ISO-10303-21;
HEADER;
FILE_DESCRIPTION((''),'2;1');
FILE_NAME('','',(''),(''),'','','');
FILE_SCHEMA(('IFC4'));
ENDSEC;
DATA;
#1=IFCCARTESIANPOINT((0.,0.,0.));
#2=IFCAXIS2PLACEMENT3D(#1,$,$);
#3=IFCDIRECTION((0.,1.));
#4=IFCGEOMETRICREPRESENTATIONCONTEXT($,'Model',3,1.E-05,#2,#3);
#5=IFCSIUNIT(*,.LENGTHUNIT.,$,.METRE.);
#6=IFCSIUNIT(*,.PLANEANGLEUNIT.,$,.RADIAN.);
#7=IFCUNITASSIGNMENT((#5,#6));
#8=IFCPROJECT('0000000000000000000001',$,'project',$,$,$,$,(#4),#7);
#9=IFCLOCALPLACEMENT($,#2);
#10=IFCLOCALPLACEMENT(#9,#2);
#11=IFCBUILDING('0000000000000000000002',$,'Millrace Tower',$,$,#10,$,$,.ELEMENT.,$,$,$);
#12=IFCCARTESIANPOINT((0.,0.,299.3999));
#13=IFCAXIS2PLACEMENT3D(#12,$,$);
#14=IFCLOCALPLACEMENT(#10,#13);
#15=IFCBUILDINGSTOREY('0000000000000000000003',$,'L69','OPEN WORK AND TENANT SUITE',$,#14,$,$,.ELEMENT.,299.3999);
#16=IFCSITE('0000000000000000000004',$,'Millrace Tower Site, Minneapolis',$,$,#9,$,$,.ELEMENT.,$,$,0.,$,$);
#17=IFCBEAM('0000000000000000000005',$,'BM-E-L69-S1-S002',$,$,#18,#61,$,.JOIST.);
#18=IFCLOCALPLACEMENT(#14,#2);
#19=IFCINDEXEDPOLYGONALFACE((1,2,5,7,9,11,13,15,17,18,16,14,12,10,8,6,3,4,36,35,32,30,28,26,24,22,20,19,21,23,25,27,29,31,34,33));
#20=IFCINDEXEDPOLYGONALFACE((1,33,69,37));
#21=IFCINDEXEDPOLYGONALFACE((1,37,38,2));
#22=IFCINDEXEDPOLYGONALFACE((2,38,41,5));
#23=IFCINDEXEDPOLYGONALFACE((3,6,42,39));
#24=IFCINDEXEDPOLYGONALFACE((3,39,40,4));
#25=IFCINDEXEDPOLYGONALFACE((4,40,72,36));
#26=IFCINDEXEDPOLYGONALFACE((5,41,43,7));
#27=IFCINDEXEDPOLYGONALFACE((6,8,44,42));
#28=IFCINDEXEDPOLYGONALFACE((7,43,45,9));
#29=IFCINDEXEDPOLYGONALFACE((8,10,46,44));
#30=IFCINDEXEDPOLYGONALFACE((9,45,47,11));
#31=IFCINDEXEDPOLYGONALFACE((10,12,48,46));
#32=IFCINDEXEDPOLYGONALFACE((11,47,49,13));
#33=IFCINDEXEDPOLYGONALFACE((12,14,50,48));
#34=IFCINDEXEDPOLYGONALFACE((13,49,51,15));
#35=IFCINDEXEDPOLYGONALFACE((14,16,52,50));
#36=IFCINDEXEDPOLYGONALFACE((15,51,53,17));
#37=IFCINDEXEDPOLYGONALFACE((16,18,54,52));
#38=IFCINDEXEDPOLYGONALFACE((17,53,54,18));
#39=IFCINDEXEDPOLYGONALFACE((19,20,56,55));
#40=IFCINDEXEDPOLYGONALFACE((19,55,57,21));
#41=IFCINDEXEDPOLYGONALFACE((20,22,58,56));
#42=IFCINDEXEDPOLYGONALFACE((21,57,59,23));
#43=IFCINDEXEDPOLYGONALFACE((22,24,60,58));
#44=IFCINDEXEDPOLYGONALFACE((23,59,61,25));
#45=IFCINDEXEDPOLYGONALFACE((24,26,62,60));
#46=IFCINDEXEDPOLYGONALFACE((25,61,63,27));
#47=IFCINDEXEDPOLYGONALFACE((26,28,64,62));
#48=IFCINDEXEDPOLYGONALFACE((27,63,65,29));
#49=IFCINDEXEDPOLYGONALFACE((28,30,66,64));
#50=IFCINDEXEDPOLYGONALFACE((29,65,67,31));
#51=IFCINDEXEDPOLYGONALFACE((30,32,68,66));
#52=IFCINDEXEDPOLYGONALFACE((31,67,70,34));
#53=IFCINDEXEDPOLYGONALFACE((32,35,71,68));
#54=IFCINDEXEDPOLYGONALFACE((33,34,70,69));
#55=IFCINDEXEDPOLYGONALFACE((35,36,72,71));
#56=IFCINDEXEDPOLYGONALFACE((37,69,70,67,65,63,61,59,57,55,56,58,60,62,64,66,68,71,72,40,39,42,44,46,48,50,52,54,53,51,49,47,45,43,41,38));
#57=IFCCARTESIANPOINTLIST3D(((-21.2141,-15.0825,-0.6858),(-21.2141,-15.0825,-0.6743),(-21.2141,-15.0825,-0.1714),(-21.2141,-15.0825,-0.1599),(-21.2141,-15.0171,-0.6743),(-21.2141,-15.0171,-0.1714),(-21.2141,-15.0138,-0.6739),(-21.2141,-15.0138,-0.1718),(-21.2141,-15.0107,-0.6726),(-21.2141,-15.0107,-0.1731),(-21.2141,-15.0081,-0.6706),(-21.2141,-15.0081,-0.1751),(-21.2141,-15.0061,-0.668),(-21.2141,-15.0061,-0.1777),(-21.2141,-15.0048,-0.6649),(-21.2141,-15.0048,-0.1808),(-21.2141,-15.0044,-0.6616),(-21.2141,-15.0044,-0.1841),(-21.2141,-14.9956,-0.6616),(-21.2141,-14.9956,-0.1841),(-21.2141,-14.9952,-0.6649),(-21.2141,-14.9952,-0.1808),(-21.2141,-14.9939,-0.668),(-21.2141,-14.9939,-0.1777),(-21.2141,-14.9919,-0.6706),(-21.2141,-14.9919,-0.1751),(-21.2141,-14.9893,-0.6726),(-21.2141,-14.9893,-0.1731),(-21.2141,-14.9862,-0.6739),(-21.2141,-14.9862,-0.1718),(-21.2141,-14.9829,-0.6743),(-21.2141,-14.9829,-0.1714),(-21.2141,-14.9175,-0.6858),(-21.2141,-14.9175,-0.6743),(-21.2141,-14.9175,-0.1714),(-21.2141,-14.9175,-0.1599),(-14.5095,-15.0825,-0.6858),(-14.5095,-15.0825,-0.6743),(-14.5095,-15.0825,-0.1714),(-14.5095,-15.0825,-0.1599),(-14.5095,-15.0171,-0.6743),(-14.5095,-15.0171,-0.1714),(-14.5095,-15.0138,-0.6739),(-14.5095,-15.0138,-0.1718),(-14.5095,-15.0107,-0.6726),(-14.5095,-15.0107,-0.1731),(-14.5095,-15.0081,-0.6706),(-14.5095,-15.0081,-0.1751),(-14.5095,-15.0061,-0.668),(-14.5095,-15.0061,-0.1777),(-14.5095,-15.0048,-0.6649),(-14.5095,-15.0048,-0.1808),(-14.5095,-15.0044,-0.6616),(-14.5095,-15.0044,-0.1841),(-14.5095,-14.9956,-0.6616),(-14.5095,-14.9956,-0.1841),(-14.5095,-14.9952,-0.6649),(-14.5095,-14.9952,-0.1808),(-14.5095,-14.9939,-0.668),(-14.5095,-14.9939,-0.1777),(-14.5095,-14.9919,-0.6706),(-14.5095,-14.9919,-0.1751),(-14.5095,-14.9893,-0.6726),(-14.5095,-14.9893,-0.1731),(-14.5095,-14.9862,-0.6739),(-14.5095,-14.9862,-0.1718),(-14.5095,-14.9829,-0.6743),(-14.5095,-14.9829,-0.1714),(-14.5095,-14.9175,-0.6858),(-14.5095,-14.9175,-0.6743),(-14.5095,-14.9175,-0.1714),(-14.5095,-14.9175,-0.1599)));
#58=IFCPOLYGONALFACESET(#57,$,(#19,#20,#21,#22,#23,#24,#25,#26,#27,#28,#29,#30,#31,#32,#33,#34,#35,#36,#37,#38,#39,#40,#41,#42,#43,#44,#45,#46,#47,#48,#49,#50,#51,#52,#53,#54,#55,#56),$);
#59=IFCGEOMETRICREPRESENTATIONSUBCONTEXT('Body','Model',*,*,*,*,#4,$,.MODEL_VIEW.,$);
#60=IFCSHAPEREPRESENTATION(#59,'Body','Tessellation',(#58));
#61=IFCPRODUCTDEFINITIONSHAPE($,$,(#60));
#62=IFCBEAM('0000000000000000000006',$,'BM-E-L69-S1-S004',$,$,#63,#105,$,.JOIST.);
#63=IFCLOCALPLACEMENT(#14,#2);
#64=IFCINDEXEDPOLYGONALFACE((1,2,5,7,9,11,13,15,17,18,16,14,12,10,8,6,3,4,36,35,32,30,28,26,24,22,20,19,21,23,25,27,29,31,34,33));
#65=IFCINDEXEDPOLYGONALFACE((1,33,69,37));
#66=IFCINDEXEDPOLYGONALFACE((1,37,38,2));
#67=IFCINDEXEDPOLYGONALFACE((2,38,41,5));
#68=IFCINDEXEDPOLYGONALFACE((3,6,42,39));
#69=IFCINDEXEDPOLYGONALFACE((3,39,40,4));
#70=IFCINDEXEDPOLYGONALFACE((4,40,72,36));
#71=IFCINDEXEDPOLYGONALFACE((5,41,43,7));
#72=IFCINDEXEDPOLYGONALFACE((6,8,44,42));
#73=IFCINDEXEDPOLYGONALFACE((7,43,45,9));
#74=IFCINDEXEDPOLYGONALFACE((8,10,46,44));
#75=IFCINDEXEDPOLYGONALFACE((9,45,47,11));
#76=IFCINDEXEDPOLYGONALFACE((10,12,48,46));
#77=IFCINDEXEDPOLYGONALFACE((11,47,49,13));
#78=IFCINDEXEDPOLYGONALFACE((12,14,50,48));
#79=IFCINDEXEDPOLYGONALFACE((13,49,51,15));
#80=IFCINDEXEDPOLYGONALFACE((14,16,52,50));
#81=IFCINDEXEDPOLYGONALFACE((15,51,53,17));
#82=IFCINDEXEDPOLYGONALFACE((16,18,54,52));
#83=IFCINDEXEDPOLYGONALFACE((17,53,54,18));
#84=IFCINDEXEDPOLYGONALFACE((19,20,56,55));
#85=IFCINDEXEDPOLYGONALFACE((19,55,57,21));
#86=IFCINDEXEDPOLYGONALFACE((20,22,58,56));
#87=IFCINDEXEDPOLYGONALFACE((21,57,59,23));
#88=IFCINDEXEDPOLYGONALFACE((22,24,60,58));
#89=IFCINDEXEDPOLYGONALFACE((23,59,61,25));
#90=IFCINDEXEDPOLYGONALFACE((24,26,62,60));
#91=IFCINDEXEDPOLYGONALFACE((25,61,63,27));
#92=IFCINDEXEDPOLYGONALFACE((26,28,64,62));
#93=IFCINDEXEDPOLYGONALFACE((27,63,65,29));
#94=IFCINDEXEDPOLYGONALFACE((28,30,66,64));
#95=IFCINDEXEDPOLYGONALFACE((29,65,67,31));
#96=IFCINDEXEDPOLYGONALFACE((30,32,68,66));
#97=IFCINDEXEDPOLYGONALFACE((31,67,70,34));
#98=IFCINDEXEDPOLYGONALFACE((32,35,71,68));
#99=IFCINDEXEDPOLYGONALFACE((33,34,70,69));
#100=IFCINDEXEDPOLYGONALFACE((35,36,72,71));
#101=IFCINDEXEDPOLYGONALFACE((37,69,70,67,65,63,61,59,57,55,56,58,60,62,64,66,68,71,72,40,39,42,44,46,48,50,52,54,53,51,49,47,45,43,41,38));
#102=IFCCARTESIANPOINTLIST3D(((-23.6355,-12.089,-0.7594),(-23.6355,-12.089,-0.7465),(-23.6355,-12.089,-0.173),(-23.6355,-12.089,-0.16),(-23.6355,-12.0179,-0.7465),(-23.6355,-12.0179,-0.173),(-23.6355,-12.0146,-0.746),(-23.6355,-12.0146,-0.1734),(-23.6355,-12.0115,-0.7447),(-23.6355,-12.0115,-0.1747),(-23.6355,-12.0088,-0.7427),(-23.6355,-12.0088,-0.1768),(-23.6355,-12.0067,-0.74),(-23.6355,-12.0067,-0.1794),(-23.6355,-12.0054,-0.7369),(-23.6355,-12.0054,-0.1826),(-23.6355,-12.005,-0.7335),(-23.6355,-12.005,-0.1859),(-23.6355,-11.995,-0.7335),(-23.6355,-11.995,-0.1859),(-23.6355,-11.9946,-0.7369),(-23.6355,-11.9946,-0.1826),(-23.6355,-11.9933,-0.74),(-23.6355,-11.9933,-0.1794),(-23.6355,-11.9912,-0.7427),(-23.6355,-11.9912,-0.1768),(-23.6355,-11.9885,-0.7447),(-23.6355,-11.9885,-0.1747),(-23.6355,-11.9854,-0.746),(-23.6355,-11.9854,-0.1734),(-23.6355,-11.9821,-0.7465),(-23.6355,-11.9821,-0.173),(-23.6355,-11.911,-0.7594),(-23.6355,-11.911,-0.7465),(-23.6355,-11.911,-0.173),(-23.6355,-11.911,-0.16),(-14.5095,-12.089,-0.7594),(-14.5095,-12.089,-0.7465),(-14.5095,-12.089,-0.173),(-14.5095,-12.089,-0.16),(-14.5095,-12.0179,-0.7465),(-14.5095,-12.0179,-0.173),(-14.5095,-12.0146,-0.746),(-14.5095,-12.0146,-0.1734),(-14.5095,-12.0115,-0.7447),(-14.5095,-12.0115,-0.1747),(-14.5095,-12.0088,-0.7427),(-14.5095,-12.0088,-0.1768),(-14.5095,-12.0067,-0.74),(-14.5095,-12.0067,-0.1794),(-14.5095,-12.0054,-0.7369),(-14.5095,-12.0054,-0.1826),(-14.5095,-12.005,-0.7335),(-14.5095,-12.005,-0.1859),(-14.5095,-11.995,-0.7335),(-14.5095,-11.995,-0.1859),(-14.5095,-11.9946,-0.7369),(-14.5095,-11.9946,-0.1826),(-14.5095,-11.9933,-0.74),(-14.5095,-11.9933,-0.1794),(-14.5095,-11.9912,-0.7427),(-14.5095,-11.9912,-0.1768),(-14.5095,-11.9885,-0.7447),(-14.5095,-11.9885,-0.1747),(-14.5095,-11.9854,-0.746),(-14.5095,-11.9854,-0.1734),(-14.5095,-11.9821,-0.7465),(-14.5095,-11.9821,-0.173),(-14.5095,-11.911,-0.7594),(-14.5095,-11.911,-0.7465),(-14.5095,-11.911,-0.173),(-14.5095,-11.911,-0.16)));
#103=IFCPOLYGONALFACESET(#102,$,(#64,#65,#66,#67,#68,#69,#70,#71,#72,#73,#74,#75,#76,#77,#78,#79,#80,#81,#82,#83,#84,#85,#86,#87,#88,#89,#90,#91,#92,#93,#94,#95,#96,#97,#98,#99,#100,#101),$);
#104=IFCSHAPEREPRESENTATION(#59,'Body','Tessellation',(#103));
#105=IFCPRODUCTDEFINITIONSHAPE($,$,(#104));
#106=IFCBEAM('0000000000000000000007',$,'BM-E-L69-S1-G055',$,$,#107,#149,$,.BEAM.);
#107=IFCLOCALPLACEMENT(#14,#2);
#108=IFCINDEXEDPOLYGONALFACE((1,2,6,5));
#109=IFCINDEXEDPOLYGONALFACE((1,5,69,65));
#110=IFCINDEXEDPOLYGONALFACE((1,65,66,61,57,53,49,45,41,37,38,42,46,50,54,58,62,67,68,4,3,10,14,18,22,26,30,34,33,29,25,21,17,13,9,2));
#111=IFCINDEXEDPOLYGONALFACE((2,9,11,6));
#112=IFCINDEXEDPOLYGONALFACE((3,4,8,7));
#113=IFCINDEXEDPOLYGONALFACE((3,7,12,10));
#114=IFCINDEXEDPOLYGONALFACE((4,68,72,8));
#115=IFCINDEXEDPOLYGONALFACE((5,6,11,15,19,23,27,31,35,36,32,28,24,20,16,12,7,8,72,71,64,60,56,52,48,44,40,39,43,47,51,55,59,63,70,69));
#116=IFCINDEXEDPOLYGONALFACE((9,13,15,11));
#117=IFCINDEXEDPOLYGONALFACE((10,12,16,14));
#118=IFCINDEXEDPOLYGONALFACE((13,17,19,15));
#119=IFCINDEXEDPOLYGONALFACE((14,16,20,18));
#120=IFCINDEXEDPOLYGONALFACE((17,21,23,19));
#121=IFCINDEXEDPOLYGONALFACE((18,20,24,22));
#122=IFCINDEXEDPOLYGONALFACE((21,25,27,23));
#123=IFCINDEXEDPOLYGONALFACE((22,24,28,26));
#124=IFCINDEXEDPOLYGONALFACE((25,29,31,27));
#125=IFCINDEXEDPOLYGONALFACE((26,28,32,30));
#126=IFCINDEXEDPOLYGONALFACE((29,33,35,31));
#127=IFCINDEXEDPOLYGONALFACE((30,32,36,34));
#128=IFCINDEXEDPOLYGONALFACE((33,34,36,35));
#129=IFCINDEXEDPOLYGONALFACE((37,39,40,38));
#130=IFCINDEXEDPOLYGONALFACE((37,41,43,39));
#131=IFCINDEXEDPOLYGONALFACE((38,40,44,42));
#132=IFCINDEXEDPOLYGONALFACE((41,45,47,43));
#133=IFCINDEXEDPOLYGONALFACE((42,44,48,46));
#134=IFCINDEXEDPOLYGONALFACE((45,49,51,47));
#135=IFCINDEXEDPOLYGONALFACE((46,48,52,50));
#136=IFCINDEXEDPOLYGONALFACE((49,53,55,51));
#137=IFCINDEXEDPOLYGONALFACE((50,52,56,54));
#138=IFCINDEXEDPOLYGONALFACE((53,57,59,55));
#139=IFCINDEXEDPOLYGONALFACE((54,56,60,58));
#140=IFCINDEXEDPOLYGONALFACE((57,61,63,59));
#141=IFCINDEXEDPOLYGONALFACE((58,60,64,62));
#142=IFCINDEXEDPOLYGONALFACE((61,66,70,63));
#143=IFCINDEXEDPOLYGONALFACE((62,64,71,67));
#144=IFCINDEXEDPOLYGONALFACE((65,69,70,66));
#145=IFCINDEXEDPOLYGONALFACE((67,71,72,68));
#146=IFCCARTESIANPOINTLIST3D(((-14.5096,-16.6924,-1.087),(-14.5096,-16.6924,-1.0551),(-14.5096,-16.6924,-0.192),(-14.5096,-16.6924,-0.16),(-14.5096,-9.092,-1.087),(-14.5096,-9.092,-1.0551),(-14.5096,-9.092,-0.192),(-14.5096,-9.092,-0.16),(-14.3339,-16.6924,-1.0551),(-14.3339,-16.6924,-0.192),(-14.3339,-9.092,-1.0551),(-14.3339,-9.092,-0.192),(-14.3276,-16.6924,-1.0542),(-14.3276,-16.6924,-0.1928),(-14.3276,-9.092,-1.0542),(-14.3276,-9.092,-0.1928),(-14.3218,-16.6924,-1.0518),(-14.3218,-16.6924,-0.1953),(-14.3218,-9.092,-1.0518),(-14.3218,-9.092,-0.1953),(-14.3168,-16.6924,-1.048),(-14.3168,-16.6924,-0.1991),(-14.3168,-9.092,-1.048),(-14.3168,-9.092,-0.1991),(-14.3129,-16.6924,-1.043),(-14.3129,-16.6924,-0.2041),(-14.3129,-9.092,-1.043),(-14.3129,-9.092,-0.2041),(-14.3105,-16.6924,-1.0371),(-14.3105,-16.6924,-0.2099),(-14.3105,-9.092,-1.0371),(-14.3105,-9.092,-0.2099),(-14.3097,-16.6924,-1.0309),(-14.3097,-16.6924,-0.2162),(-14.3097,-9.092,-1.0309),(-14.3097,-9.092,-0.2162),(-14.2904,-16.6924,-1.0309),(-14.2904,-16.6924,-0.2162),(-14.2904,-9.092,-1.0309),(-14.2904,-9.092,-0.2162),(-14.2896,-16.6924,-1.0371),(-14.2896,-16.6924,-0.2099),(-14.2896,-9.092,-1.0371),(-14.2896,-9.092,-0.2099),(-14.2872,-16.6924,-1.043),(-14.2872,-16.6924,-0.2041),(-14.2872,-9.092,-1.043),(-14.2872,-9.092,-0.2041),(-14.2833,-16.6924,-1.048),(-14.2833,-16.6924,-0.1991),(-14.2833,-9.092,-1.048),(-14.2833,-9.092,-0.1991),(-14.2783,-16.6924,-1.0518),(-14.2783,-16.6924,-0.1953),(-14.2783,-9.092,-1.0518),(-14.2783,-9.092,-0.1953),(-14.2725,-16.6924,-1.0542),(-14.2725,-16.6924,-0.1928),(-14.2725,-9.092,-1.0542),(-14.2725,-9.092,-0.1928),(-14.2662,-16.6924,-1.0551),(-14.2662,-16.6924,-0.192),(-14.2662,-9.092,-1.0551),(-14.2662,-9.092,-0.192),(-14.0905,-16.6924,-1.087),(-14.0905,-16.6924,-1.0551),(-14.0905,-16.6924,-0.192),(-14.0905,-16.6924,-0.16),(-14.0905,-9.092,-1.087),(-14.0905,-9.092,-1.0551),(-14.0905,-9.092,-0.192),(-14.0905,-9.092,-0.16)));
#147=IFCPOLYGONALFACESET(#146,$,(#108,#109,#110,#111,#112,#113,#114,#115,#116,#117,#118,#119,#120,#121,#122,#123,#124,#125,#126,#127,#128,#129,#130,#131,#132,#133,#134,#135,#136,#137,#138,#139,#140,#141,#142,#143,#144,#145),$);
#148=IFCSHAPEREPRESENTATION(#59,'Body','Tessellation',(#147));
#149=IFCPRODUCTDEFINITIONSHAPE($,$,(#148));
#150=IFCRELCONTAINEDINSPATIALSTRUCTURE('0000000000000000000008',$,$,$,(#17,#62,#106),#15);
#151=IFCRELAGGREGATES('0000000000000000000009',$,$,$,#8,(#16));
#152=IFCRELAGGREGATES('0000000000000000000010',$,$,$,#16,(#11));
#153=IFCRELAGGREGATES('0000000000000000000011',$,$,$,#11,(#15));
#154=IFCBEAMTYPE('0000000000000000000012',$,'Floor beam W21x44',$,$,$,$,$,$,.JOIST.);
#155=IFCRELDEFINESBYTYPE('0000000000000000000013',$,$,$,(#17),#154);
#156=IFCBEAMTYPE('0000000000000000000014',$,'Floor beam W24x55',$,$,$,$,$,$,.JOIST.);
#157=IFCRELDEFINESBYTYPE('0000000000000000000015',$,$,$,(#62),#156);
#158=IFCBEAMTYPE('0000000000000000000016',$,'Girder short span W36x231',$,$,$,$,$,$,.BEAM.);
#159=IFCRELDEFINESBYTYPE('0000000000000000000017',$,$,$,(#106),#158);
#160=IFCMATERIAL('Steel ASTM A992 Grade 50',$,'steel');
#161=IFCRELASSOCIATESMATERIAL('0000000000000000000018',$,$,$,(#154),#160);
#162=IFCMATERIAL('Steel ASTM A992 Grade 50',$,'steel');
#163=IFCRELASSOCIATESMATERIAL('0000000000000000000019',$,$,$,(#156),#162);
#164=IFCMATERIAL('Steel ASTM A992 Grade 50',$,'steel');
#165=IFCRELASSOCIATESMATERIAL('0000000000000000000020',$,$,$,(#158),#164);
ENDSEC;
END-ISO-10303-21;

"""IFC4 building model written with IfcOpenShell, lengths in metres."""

from ifc_helpers import new_model, si_unit, direction, frame, origin, origin_2d, place, context, subcontext, project, spatial, i_section, extrude, material, material_profile, profile_set, type_object, element, save


model = new_model("IFC4")

# Units and contexts
model_context = context("Model", 3, precision=1e-05, world=origin(), true_north=direction((0.0, 1.0)))
body_context = subcontext(model_context, "Body", "Model", "MODEL_VIEW")
ifc_project = project(units=[si_unit("LENGTHUNIT", "METRE"), si_unit("PLANEANGLEUNIT", "RADIAN")], contexts=[model_context])

# Site, building, storey
site_placement = place(None, origin())
site = spatial("IfcSite", under=ifc_project, at=site_placement, Name="Millrace Tower Site, Minneapolis", CompositionType="ELEMENT", RefElevation=0.0)
building_placement = place(site_placement, origin())
building = spatial("IfcBuilding", under=site, at=building_placement, Name="Millrace Tower", CompositionType="ELEMENT")
storey_placement = place(building_placement, frame((0.0, 0.0, 299.3999)))
storey = spatial("IfcBuildingStorey", under=building, at=storey_placement, Name="L69", Description="OPEN WORK AND TENANT SUITE", CompositionType="ELEMENT", Elevation=299.3999)

# Beams
ifc_material_1 = material(Name="Steel ASTM A992 Grade 50", Category="steel")
ifc_material_profile_1 = material_profile(ifc_material_1, i_section(OverallWidth=0.165, OverallDepth=0.5259, WebThickness=0.0088, FlangeThickness=0.0115, FilletRadius=0.0127, at=origin_2d()))
ifc_profile_set_1 = profile_set([ifc_material_profile_1], Name="Steel ASTM A992 Grade 50")
beam_type_1 = type_object("IfcBeamType", Name="Floor beam W21x44", PredefinedType="JOIST", material=ifc_profile_set_1)
beam_1_placement = place(storey_placement, frame((-21.2141, -15.0, -0.4229), z_axis=(1.0, 0.0, 0.0), x_axis=(0.0, 1.0, 0.0)))
element("IfcBeam", 1, at=beam_1_placement, inside=storey, type_object=beam_type_1, Name="BM-E-L69-S1-S002", PredefinedType="JOIST", context=body_context, shape_type="SweptSolid", body=[
    extrude(i_section(OverallWidth=0.165, OverallDepth=0.5259, WebThickness=0.0088, FlangeThickness=0.0115, FilletRadius=0.0127, at=origin_2d()), origin(), (0.0, 0.0, 1.0), 6.7046),
])
ifc_material_2 = material(Name="Steel ASTM A992 Grade 50", Category="steel")
ifc_material_profile_2 = material_profile(ifc_material_2, i_section(OverallWidth=0.178, OverallDepth=0.5994, WebThickness=0.01, FlangeThickness=0.0129, FilletRadius=0.0129, at=origin_2d()))
ifc_profile_set_2 = profile_set([ifc_material_profile_2], Name="Steel ASTM A992 Grade 50")
beam_type_2 = type_object("IfcBeamType", Name="Floor beam W24x55", PredefinedType="JOIST", material=ifc_profile_set_2)
beam_2_placement = place(storey_placement, frame((-23.6355, -12.0, -0.4597), z_axis=(1.0, 0.0, 0.0), x_axis=(0.0, 1.0, 0.0)))
element("IfcBeam", 2, at=beam_2_placement, inside=storey, type_object=beam_type_2, Name="BM-E-L69-S1-S004", PredefinedType="JOIST", context=body_context, shape_type="SweptSolid", body=[
    extrude(i_section(OverallWidth=0.178, OverallDepth=0.5994, WebThickness=0.01, FlangeThickness=0.0129, FilletRadius=0.0129, at=origin_2d()), origin(), (0.0, 0.0, 1.0), 9.126),
])
ifc_material_3 = material(Name="Steel ASTM A992 Grade 50", Category="steel")
ifc_material_profile_3 = material_profile(ifc_material_3, i_section(OverallWidth=0.4192, OverallDepth=0.927, WebThickness=0.0193, FlangeThickness=0.032, FilletRadius=0.0242, at=origin_2d()))
ifc_profile_set_3 = profile_set([ifc_material_profile_3], Name="Steel ASTM A992 Grade 50")
beam_type_3 = type_object("IfcBeamType", Name="Girder short span W36x231", PredefinedType="BEAM", material=ifc_profile_set_3)
beam_3_placement = place(storey_placement, frame((-14.3, -16.6924, -0.6235), z_axis=(0.0, 1.0, 0.0), x_axis=(-1.0, 0.0, 0.0)))
element("IfcBeam", 3, at=beam_3_placement, inside=storey, type_object=beam_type_3, Name="BM-E-L69-S1-G055", PredefinedType="BEAM", context=body_context, shape_type="SweptSolid", body=[
    extrude(i_section(OverallWidth=0.4192, OverallDepth=0.927, WebThickness=0.0193, FlangeThickness=0.032, FilletRadius=0.0242, at=origin_2d()), origin(), (0.0, 0.0, 1.0), 7.6003),
])

save(model, "model.ifc")
